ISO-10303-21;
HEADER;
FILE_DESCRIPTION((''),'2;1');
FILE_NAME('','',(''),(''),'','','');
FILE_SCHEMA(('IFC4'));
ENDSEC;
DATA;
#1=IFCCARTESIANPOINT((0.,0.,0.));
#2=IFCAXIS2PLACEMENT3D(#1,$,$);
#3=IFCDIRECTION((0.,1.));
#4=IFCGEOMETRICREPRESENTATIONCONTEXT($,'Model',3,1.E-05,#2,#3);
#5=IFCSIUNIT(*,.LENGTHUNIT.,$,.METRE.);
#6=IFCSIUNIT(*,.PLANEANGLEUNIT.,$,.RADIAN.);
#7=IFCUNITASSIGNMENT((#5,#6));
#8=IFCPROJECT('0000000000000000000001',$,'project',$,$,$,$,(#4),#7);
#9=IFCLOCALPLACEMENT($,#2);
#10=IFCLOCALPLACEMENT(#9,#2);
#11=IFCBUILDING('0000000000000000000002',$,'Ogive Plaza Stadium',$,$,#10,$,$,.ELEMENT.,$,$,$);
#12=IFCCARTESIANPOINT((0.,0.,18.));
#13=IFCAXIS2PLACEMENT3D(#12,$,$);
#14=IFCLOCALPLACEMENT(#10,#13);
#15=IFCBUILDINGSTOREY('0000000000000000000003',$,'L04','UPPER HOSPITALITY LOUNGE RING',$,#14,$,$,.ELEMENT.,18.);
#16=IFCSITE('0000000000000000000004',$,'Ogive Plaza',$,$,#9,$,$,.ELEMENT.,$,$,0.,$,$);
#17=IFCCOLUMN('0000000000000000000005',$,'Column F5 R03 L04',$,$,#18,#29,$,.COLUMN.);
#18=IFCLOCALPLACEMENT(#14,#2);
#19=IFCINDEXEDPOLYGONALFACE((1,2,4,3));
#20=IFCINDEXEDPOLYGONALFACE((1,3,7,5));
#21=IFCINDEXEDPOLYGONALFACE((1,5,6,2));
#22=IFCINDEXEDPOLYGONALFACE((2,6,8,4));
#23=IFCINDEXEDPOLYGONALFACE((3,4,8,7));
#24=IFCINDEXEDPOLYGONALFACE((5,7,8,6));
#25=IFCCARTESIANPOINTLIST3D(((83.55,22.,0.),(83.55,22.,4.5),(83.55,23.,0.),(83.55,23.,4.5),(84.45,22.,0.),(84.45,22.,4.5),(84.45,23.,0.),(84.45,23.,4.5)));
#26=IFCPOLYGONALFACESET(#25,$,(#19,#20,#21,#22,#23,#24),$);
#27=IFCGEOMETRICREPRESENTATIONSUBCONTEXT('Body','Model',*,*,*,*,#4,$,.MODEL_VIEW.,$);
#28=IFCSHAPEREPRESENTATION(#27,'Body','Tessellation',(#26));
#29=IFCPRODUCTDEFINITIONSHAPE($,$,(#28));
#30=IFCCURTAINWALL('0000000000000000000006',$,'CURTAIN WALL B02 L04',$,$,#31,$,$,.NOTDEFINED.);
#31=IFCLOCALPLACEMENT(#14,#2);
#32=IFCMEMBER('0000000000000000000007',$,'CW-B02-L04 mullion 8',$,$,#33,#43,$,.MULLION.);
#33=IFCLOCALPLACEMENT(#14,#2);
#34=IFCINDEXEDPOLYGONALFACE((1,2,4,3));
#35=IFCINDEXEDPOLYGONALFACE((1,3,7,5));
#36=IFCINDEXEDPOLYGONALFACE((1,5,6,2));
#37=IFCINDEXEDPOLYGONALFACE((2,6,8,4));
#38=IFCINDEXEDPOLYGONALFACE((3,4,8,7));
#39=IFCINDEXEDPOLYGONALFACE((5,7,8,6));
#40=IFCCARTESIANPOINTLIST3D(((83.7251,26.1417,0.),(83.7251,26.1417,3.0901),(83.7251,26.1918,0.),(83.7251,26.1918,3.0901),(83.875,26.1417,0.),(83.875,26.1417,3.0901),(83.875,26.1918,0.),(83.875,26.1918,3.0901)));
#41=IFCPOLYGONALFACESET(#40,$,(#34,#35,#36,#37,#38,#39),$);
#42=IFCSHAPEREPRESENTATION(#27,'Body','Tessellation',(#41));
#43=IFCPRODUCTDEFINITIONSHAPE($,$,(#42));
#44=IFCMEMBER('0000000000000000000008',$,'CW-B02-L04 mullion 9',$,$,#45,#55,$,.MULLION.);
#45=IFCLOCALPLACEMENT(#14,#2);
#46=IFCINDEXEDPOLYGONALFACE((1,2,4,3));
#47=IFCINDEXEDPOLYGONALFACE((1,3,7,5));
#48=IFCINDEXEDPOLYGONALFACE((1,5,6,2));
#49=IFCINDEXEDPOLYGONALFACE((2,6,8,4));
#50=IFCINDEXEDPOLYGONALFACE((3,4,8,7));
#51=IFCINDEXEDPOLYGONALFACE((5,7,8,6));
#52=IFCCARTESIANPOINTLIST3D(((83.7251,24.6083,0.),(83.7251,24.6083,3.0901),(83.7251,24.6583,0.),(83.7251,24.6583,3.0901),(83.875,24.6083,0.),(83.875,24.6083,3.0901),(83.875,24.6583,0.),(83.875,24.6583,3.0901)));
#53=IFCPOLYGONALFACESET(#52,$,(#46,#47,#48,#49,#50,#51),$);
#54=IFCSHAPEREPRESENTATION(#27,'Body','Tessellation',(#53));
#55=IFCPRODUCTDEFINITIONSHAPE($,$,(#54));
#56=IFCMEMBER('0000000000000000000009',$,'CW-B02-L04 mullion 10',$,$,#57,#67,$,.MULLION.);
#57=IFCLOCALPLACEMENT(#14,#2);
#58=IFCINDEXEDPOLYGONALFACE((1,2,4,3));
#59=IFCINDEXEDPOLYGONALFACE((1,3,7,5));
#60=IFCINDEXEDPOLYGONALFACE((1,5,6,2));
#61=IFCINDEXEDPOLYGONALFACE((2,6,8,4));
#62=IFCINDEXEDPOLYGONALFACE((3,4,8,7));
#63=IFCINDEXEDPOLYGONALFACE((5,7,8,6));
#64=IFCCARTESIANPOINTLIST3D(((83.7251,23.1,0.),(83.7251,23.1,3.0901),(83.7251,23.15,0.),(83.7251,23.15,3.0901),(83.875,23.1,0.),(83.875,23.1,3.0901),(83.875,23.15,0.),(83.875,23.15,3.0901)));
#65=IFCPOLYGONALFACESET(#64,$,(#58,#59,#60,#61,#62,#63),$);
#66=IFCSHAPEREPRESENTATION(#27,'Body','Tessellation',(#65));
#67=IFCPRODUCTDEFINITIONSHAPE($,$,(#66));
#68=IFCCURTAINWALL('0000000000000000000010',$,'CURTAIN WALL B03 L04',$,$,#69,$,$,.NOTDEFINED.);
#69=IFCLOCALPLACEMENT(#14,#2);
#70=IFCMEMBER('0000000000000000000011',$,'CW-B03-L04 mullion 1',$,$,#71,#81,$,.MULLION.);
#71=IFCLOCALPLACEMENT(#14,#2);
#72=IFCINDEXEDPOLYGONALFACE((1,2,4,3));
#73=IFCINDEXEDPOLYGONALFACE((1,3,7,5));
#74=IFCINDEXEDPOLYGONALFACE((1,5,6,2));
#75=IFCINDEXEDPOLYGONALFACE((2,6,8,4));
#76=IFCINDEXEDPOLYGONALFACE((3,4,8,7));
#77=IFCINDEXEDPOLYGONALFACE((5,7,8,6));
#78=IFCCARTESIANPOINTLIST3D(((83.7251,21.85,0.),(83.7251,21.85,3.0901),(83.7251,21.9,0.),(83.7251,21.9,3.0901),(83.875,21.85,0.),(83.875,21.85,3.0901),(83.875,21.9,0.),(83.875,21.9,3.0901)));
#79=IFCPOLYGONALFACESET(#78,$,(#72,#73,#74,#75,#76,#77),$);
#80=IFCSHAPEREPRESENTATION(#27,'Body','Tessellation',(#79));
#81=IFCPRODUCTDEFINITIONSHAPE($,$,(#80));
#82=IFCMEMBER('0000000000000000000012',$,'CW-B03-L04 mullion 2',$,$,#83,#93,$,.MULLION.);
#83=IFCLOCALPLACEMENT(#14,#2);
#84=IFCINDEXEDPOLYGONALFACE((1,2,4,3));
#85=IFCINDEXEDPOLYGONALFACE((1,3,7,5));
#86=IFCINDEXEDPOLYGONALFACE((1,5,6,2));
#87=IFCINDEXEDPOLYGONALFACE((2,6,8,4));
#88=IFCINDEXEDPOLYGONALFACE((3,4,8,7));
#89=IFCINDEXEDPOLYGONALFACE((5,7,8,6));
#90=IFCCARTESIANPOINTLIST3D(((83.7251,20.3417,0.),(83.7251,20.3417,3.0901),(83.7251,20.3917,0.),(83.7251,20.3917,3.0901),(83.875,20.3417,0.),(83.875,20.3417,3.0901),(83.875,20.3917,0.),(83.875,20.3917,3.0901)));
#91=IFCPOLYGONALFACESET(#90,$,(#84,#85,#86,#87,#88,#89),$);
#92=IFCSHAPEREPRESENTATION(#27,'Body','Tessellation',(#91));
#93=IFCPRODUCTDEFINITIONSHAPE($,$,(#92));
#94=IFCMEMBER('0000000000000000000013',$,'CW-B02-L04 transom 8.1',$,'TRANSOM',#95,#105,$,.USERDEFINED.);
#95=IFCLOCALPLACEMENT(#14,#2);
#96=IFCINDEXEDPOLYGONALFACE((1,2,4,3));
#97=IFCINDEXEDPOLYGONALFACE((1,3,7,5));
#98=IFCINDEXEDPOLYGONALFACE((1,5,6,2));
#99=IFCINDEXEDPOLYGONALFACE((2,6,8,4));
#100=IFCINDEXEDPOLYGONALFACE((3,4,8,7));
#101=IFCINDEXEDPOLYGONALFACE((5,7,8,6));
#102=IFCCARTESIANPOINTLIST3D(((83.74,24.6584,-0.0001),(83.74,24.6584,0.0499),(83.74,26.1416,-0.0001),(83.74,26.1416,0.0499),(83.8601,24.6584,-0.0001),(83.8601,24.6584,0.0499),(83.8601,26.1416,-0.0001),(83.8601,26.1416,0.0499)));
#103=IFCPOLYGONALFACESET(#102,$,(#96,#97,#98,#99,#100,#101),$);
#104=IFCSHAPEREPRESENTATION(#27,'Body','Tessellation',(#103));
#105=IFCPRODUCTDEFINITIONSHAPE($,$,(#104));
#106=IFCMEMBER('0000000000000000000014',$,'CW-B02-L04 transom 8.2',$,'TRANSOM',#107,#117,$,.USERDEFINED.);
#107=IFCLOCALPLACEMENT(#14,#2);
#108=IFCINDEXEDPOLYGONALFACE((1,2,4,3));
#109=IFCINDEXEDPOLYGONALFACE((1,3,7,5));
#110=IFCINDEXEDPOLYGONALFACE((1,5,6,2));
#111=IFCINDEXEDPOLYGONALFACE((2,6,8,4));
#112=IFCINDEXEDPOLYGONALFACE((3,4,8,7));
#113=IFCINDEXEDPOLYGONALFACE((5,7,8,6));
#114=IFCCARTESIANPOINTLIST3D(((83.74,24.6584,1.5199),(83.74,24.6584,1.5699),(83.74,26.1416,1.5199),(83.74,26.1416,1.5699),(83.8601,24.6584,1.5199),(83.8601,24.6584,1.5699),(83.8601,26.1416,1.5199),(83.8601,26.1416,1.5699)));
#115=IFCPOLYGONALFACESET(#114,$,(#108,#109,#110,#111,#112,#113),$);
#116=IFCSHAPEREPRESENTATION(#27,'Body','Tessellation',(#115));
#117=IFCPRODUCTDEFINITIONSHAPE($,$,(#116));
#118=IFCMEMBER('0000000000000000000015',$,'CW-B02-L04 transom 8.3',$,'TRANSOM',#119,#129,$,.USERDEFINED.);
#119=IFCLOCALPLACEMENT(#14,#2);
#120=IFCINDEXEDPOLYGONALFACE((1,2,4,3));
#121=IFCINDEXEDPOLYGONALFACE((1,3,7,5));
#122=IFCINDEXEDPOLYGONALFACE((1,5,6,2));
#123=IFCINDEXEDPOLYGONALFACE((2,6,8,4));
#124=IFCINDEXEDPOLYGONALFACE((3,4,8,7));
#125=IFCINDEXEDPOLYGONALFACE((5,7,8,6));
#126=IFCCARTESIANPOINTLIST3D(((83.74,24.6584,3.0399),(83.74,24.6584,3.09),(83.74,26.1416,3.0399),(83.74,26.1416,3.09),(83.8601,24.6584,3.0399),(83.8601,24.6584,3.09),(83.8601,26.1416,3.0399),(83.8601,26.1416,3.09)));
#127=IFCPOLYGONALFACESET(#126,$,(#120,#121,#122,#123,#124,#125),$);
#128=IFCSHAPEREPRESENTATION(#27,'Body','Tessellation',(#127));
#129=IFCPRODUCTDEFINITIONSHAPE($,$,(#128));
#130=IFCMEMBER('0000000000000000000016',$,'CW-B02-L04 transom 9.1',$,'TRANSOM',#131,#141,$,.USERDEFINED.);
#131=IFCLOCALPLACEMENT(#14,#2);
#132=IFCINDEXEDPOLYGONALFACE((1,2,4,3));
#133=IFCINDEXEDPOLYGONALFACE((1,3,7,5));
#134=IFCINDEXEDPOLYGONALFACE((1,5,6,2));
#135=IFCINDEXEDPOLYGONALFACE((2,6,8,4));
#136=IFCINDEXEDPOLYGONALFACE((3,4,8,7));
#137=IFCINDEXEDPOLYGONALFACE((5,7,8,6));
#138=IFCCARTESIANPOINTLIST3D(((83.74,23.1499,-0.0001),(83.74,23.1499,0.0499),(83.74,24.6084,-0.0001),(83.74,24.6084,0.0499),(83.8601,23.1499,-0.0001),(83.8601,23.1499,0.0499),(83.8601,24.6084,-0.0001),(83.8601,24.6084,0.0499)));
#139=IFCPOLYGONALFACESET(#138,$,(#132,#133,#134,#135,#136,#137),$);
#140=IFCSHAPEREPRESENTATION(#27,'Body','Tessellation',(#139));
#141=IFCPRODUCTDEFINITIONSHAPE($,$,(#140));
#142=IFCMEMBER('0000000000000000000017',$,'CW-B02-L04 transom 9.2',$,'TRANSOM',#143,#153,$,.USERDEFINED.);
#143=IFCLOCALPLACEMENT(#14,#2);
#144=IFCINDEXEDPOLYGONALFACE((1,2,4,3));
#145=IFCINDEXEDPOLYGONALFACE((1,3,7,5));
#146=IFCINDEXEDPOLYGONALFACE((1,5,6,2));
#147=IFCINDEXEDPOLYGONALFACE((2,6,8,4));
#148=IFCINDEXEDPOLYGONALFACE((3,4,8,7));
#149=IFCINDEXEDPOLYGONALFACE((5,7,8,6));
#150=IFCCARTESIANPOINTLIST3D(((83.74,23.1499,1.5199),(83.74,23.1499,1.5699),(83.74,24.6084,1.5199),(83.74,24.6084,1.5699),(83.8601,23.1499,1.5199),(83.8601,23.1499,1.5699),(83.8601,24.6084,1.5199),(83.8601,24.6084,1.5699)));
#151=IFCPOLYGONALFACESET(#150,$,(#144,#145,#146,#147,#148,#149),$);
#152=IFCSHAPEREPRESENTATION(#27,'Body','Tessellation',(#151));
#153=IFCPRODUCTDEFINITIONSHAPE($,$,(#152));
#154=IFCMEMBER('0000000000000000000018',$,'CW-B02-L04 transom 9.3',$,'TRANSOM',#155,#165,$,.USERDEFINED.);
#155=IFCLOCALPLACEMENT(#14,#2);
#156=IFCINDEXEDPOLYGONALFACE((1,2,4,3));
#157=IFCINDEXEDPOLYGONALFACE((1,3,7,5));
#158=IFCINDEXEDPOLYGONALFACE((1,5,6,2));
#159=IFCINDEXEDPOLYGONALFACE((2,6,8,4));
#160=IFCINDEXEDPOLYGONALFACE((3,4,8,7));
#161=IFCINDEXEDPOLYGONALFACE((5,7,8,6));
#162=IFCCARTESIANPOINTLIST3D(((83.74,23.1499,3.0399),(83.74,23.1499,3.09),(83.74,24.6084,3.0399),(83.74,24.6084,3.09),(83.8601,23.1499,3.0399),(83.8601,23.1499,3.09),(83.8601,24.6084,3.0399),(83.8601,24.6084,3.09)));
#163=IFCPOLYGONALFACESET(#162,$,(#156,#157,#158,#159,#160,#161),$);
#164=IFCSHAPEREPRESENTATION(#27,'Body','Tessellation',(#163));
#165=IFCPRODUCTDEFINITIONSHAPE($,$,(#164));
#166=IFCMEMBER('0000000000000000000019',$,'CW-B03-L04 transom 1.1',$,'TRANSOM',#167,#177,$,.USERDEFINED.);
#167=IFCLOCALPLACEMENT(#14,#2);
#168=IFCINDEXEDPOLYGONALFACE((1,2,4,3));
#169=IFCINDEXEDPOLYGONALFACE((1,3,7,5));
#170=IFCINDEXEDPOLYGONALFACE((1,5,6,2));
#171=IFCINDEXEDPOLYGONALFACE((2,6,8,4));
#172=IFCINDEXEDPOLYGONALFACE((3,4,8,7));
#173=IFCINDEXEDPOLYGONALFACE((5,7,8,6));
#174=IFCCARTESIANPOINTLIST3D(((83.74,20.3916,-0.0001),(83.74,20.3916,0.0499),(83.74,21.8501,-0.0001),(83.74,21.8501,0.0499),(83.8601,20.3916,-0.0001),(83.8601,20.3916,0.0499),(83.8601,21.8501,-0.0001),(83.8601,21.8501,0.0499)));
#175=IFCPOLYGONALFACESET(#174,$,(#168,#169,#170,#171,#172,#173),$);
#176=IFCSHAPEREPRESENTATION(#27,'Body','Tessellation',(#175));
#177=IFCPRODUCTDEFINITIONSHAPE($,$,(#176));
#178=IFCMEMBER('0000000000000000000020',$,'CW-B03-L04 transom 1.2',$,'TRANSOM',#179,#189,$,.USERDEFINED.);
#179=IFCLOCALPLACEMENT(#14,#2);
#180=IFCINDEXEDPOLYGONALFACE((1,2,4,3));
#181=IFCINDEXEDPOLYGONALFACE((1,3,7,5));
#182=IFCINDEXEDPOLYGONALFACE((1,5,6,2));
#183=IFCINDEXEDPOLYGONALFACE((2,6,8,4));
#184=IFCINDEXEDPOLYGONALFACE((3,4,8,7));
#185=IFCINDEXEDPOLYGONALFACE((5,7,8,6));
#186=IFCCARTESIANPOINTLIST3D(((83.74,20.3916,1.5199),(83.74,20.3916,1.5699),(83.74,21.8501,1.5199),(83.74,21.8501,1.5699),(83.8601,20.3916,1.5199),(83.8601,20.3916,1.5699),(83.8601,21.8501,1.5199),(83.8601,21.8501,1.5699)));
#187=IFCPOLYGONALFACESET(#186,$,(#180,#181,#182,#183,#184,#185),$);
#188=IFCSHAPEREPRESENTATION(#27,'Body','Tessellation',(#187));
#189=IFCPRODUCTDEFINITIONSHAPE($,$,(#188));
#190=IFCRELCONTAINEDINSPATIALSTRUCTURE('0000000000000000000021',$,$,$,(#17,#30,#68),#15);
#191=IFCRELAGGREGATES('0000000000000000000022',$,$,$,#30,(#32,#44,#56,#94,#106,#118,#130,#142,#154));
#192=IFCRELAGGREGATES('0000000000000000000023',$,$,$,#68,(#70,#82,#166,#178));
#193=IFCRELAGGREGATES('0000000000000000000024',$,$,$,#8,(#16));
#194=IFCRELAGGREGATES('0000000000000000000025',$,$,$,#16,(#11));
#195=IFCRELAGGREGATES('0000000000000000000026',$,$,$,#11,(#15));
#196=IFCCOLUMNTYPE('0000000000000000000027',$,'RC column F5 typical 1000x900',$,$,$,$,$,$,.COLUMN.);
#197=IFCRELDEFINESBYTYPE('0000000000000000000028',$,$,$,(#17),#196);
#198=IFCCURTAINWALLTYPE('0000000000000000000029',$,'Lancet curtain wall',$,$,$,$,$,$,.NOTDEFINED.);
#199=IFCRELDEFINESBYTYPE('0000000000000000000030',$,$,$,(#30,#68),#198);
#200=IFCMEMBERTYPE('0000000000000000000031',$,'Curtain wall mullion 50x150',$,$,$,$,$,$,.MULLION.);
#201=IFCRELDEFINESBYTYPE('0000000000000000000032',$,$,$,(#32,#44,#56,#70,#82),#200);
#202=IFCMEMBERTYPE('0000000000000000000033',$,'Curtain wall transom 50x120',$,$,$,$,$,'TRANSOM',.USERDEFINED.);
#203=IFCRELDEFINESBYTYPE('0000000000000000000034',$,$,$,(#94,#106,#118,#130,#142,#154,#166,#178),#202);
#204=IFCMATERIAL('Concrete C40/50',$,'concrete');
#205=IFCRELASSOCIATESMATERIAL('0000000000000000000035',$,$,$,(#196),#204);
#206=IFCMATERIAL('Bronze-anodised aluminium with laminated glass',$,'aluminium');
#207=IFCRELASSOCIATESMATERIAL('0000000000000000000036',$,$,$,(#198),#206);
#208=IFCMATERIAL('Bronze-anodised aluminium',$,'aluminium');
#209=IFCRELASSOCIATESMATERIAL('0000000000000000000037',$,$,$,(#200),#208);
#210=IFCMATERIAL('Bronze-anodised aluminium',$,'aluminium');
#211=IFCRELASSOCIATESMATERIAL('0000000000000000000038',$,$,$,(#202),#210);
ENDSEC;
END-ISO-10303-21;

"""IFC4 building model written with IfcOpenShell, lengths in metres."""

from ifc_helpers import new_model, si_unit, direction, frame, origin, origin_2d, place, context, subcontext, project, spatial, rectangle, extrude, material, material_profile, profile_set, type_object, element, aggregate, save


model = new_model("IFC4")

# Units and contexts
model_context = context("Model", 3, precision=1e-05, world=origin(), true_north=direction((0.0, 1.0)))
body_context = subcontext(model_context, "Body", "Model", "MODEL_VIEW")
ifc_project = project(units=[si_unit("LENGTHUNIT", "METRE"), si_unit("PLANEANGLEUNIT", "RADIAN")], contexts=[model_context])

# Site, building, storey
site_placement = place(None, origin())
site = spatial("IfcSite", under=ifc_project, at=site_placement, Name="Ogive Plaza", CompositionType="ELEMENT", RefElevation=0.0)
building_placement = place(site_placement, origin())
building = spatial("IfcBuilding", under=site, at=building_placement, Name="Ogive Plaza Stadium", CompositionType="ELEMENT")
storey_placement = place(building_placement, frame((0.0, 0.0, 18.0)))
storey = spatial("IfcBuildingStorey", under=building, at=storey_placement, Name="L04", Description="UPPER HOSPITALITY LOUNGE RING", CompositionType="ELEMENT", Elevation=18.0)

# Column
ifc_material_1 = material(Name="Concrete C40/50", Category="concrete")
ifc_material_profile_1 = material_profile(ifc_material_1, rectangle(XDim=1.0, YDim=0.8999, at=origin_2d()), Name="RC 1000x900")
ifc_profile_set_1 = profile_set([ifc_material_profile_1], Name="Concrete C40/50")
column_type = type_object("IfcColumnType", Name="RC column F5 typical 1000x900", PredefinedType="COLUMN", material=ifc_profile_set_1)
column_placement = place(storey_placement, frame((84.0, 22.5, 0.0), z_axis=(0.0, 0.0, 1.0), x_axis=(0.0, 1.0, 0.0)))
element("IfcColumn", 1, at=column_placement, inside=storey, type_object=column_type, Name="Column F5 R03 L04", PredefinedType="COLUMN", context=body_context, shape_type="SweptSolid", body=[
    extrude(rectangle(XDim=1.0, YDim=0.8999, at=origin_2d()), origin(), (0.0, 0.0, 1.0), 4.5),
])

# Curtain walls, members
ifc_material_2 = material(Name="Bronze-anodised aluminium with laminated glass", Category="aluminium")
curtain_wall_type = type_object("IfcCurtainWallType", Name="Lancet curtain wall", PredefinedType="NOTDEFINED", material=ifc_material_2)
curtain_wall_1_placement = place(storey_placement, origin())
curtain_wall_1 = element("IfcCurtainWall", 2, at=curtain_wall_1_placement, inside=storey, type_object=curtain_wall_type, Name="CURTAIN WALL B02 L04", PredefinedType="NOTDEFINED")
ifc_material_3 = material(Name="Bronze-anodised aluminium", Category="aluminium")
ifc_material_profile_2 = material_profile(ifc_material_3, rectangle(XDim=0.1499, YDim=0.05, at=origin_2d()), Name="AL 150x50")
ifc_profile_set_2 = profile_set([ifc_material_profile_2], Name="Bronze-anodised aluminium")
member_type_1 = type_object("IfcMemberType", Name="Curtain wall mullion 50x150", PredefinedType="MULLION", material=ifc_profile_set_2)
member_1_placement = place(storey_placement, frame((83.8, 26.1667, 0.0), z_axis=(0.0, 0.0, 1.0), x_axis=(1.0, 0.0, 0.0)))
member_1 = element("IfcMember", 3, at=member_1_placement, type_object=member_type_1, Name="CW-B02-L04 mullion 8", PredefinedType="MULLION", context=body_context, shape_type="SweptSolid", body=[
    extrude(rectangle(XDim=0.1499, YDim=0.05, at=origin_2d()), origin(), (0.0, 0.0, 1.0), 3.0901),
])
member_2_placement = place(storey_placement, frame((83.8, 24.6333, 0.0), z_axis=(0.0, 0.0, 1.0), x_axis=(1.0, 0.0, 0.0)))
member_2 = element("IfcMember", 4, at=member_2_placement, type_object=member_type_1, Name="CW-B02-L04 mullion 9", PredefinedType="MULLION", context=body_context, shape_type="SweptSolid", body=[
    extrude(rectangle(XDim=0.1499, YDim=0.05, at=origin_2d()), origin(), (0.0, 0.0, 1.0), 3.0901),
])
member_3_placement = place(storey_placement, frame((83.8, 23.125, 0.0), z_axis=(0.0, 0.0, 1.0), x_axis=(1.0, 0.0, 0.0)))
member_3 = element("IfcMember", 5, at=member_3_placement, type_object=member_type_1, Name="CW-B02-L04 mullion 10", PredefinedType="MULLION", context=body_context, shape_type="SweptSolid", body=[
    extrude(rectangle(XDim=0.1499, YDim=0.05, at=origin_2d()), origin(), (0.0, 0.0, 1.0), 3.0901),
])
curtain_wall_2_placement = place(storey_placement, origin())
curtain_wall_2 = element("IfcCurtainWall", 6, at=curtain_wall_2_placement, inside=storey, type_object=curtain_wall_type, Name="CURTAIN WALL B03 L04", PredefinedType="NOTDEFINED")
member_4_placement = place(storey_placement, frame((83.8, 21.875, 0.0), z_axis=(0.0, 0.0, 1.0), x_axis=(1.0, 0.0, 0.0)))
member_4 = element("IfcMember", 7, at=member_4_placement, type_object=member_type_1, Name="CW-B03-L04 mullion 1", PredefinedType="MULLION", context=body_context, shape_type="SweptSolid", body=[
    extrude(rectangle(XDim=0.1499, YDim=0.05, at=origin_2d()), origin(), (0.0, 0.0, 1.0), 3.0901),
])
member_5_placement = place(storey_placement, frame((83.8, 20.3667, 0.0), z_axis=(0.0, 0.0, 1.0), x_axis=(1.0, 0.0, 0.0)))
member_5 = element("IfcMember", 8, at=member_5_placement, type_object=member_type_1, Name="CW-B03-L04 mullion 2", PredefinedType="MULLION", context=body_context, shape_type="SweptSolid", body=[
    extrude(rectangle(XDim=0.1499, YDim=0.05, at=origin_2d()), origin(), (0.0, 0.0, 1.0), 3.0901),
])

# Members
ifc_material_4 = material(Name="Bronze-anodised aluminium", Category="aluminium")
ifc_material_profile_3 = material_profile(ifc_material_4, rectangle(XDim=0.1201, YDim=0.05, at=origin_2d()), Name="AL 120x50")
ifc_profile_set_3 = profile_set([ifc_material_profile_3], Name="Bronze-anodised aluminium")
member_type_2 = type_object("IfcMemberType", Name="Curtain wall transom 50x120", ElementType="TRANSOM", PredefinedType="USERDEFINED", material=ifc_profile_set_3)
member_6_placement = place(storey_placement, frame((83.8, 26.1416, 0.0249), z_axis=(0.0, -1.0, 0.0), x_axis=(1.0, 0.0, 0.0)))
member_6 = element("IfcMember", 9, at=member_6_placement, type_object=member_type_2, Name="CW-B02-L04 transom 8.1", ObjectType="TRANSOM", PredefinedType="USERDEFINED", context=body_context, shape_type="SweptSolid", body=[
    extrude(rectangle(XDim=0.1201, YDim=0.05, at=origin_2d()), origin(), (0.0, 0.0, 1.0), 1.4832),
])
member_7_placement = place(storey_placement, frame((83.8, 26.1416, 1.5449), z_axis=(0.0, -1.0, 0.0), x_axis=(1.0, 0.0, 0.0)))
member_7 = element("IfcMember", 10, at=member_7_placement, type_object=member_type_2, Name="CW-B02-L04 transom 8.2", ObjectType="TRANSOM", PredefinedType="USERDEFINED", context=body_context, shape_type="SweptSolid", body=[
    extrude(rectangle(XDim=0.1201, YDim=0.05, at=origin_2d()), origin(), (0.0, 0.0, 1.0), 1.4832),
])
member_8_placement = place(storey_placement, frame((83.8, 26.1416, 3.0649), z_axis=(0.0, -1.0, 0.0), x_axis=(1.0, 0.0, 0.0)))
member_8 = element("IfcMember", 11, at=member_8_placement, type_object=member_type_2, Name="CW-B02-L04 transom 8.3", ObjectType="TRANSOM", PredefinedType="USERDEFINED", context=body_context, shape_type="SweptSolid", body=[
    extrude(rectangle(XDim=0.1201, YDim=0.05, at=origin_2d()), origin(), (0.0, 0.0, 1.0), 1.4832),
])
member_9_placement = place(storey_placement, frame((83.8, 24.6084, 0.0249), z_axis=(0.0, -1.0, 0.0), x_axis=(1.0, 0.0, 0.0)))
member_9 = element("IfcMember", 12, at=member_9_placement, type_object=member_type_2, Name="CW-B02-L04 transom 9.1", ObjectType="TRANSOM", PredefinedType="USERDEFINED", context=body_context, shape_type="SweptSolid", body=[
    extrude(rectangle(XDim=0.1201, YDim=0.05, at=origin_2d()), origin(), (0.0, 0.0, 1.0), 1.4585),
])
member_10_placement = place(storey_placement, frame((83.8, 24.6084, 1.5449), z_axis=(0.0, -1.0, 0.0), x_axis=(1.0, 0.0, 0.0)))
member_10 = element("IfcMember", 13, at=member_10_placement, type_object=member_type_2, Name="CW-B02-L04 transom 9.2", ObjectType="TRANSOM", PredefinedType="USERDEFINED", context=body_context, shape_type="SweptSolid", body=[
    extrude(rectangle(XDim=0.1201, YDim=0.05, at=origin_2d()), origin(), (0.0, 0.0, 1.0), 1.4585),
])
member_11_placement = place(storey_placement, frame((83.8, 24.6084, 3.0649), z_axis=(0.0, -1.0, 0.0), x_axis=(1.0, 0.0, 0.0)))
member_11 = element("IfcMember", 14, at=member_11_placement, type_object=member_type_2, Name="CW-B02-L04 transom 9.3", ObjectType="TRANSOM", PredefinedType="USERDEFINED", context=body_context, shape_type="SweptSolid", body=[
    extrude(rectangle(XDim=0.1201, YDim=0.05, at=origin_2d()), origin(), (0.0, 0.0, 1.0), 1.4585),
])
member_12_placement = place(storey_placement, frame((83.8, 21.8501, 0.0249), z_axis=(0.0, -1.0, 0.0), x_axis=(1.0, 0.0, 0.0)))
member_12 = element("IfcMember", 15, at=member_12_placement, type_object=member_type_2, Name="CW-B03-L04 transom 1.1", ObjectType="TRANSOM", PredefinedType="USERDEFINED", context=body_context, shape_type="SweptSolid", body=[
    extrude(rectangle(XDim=0.1201, YDim=0.05, at=origin_2d()), origin(), (0.0, 0.0, 1.0), 1.4585),
])
member_13_placement = place(storey_placement, frame((83.8, 21.8501, 1.5449), z_axis=(0.0, -1.0, 0.0), x_axis=(1.0, 0.0, 0.0)))
member_13 = element("IfcMember", 16, at=member_13_placement, type_object=member_type_2, Name="CW-B03-L04 transom 1.2", ObjectType="TRANSOM", PredefinedType="USERDEFINED", context=body_context, shape_type="SweptSolid", body=[
    extrude(rectangle(XDim=0.1201, YDim=0.05, at=origin_2d()), origin(), (0.0, 0.0, 1.0), 1.4585),
])

aggregate(curtain_wall_1, [member_1, member_2, member_3, member_6, member_7, member_8, member_9, member_10, member_11])
aggregate(curtain_wall_2, [member_4, member_5, member_12, member_13])

save(model, "model.ifc")
